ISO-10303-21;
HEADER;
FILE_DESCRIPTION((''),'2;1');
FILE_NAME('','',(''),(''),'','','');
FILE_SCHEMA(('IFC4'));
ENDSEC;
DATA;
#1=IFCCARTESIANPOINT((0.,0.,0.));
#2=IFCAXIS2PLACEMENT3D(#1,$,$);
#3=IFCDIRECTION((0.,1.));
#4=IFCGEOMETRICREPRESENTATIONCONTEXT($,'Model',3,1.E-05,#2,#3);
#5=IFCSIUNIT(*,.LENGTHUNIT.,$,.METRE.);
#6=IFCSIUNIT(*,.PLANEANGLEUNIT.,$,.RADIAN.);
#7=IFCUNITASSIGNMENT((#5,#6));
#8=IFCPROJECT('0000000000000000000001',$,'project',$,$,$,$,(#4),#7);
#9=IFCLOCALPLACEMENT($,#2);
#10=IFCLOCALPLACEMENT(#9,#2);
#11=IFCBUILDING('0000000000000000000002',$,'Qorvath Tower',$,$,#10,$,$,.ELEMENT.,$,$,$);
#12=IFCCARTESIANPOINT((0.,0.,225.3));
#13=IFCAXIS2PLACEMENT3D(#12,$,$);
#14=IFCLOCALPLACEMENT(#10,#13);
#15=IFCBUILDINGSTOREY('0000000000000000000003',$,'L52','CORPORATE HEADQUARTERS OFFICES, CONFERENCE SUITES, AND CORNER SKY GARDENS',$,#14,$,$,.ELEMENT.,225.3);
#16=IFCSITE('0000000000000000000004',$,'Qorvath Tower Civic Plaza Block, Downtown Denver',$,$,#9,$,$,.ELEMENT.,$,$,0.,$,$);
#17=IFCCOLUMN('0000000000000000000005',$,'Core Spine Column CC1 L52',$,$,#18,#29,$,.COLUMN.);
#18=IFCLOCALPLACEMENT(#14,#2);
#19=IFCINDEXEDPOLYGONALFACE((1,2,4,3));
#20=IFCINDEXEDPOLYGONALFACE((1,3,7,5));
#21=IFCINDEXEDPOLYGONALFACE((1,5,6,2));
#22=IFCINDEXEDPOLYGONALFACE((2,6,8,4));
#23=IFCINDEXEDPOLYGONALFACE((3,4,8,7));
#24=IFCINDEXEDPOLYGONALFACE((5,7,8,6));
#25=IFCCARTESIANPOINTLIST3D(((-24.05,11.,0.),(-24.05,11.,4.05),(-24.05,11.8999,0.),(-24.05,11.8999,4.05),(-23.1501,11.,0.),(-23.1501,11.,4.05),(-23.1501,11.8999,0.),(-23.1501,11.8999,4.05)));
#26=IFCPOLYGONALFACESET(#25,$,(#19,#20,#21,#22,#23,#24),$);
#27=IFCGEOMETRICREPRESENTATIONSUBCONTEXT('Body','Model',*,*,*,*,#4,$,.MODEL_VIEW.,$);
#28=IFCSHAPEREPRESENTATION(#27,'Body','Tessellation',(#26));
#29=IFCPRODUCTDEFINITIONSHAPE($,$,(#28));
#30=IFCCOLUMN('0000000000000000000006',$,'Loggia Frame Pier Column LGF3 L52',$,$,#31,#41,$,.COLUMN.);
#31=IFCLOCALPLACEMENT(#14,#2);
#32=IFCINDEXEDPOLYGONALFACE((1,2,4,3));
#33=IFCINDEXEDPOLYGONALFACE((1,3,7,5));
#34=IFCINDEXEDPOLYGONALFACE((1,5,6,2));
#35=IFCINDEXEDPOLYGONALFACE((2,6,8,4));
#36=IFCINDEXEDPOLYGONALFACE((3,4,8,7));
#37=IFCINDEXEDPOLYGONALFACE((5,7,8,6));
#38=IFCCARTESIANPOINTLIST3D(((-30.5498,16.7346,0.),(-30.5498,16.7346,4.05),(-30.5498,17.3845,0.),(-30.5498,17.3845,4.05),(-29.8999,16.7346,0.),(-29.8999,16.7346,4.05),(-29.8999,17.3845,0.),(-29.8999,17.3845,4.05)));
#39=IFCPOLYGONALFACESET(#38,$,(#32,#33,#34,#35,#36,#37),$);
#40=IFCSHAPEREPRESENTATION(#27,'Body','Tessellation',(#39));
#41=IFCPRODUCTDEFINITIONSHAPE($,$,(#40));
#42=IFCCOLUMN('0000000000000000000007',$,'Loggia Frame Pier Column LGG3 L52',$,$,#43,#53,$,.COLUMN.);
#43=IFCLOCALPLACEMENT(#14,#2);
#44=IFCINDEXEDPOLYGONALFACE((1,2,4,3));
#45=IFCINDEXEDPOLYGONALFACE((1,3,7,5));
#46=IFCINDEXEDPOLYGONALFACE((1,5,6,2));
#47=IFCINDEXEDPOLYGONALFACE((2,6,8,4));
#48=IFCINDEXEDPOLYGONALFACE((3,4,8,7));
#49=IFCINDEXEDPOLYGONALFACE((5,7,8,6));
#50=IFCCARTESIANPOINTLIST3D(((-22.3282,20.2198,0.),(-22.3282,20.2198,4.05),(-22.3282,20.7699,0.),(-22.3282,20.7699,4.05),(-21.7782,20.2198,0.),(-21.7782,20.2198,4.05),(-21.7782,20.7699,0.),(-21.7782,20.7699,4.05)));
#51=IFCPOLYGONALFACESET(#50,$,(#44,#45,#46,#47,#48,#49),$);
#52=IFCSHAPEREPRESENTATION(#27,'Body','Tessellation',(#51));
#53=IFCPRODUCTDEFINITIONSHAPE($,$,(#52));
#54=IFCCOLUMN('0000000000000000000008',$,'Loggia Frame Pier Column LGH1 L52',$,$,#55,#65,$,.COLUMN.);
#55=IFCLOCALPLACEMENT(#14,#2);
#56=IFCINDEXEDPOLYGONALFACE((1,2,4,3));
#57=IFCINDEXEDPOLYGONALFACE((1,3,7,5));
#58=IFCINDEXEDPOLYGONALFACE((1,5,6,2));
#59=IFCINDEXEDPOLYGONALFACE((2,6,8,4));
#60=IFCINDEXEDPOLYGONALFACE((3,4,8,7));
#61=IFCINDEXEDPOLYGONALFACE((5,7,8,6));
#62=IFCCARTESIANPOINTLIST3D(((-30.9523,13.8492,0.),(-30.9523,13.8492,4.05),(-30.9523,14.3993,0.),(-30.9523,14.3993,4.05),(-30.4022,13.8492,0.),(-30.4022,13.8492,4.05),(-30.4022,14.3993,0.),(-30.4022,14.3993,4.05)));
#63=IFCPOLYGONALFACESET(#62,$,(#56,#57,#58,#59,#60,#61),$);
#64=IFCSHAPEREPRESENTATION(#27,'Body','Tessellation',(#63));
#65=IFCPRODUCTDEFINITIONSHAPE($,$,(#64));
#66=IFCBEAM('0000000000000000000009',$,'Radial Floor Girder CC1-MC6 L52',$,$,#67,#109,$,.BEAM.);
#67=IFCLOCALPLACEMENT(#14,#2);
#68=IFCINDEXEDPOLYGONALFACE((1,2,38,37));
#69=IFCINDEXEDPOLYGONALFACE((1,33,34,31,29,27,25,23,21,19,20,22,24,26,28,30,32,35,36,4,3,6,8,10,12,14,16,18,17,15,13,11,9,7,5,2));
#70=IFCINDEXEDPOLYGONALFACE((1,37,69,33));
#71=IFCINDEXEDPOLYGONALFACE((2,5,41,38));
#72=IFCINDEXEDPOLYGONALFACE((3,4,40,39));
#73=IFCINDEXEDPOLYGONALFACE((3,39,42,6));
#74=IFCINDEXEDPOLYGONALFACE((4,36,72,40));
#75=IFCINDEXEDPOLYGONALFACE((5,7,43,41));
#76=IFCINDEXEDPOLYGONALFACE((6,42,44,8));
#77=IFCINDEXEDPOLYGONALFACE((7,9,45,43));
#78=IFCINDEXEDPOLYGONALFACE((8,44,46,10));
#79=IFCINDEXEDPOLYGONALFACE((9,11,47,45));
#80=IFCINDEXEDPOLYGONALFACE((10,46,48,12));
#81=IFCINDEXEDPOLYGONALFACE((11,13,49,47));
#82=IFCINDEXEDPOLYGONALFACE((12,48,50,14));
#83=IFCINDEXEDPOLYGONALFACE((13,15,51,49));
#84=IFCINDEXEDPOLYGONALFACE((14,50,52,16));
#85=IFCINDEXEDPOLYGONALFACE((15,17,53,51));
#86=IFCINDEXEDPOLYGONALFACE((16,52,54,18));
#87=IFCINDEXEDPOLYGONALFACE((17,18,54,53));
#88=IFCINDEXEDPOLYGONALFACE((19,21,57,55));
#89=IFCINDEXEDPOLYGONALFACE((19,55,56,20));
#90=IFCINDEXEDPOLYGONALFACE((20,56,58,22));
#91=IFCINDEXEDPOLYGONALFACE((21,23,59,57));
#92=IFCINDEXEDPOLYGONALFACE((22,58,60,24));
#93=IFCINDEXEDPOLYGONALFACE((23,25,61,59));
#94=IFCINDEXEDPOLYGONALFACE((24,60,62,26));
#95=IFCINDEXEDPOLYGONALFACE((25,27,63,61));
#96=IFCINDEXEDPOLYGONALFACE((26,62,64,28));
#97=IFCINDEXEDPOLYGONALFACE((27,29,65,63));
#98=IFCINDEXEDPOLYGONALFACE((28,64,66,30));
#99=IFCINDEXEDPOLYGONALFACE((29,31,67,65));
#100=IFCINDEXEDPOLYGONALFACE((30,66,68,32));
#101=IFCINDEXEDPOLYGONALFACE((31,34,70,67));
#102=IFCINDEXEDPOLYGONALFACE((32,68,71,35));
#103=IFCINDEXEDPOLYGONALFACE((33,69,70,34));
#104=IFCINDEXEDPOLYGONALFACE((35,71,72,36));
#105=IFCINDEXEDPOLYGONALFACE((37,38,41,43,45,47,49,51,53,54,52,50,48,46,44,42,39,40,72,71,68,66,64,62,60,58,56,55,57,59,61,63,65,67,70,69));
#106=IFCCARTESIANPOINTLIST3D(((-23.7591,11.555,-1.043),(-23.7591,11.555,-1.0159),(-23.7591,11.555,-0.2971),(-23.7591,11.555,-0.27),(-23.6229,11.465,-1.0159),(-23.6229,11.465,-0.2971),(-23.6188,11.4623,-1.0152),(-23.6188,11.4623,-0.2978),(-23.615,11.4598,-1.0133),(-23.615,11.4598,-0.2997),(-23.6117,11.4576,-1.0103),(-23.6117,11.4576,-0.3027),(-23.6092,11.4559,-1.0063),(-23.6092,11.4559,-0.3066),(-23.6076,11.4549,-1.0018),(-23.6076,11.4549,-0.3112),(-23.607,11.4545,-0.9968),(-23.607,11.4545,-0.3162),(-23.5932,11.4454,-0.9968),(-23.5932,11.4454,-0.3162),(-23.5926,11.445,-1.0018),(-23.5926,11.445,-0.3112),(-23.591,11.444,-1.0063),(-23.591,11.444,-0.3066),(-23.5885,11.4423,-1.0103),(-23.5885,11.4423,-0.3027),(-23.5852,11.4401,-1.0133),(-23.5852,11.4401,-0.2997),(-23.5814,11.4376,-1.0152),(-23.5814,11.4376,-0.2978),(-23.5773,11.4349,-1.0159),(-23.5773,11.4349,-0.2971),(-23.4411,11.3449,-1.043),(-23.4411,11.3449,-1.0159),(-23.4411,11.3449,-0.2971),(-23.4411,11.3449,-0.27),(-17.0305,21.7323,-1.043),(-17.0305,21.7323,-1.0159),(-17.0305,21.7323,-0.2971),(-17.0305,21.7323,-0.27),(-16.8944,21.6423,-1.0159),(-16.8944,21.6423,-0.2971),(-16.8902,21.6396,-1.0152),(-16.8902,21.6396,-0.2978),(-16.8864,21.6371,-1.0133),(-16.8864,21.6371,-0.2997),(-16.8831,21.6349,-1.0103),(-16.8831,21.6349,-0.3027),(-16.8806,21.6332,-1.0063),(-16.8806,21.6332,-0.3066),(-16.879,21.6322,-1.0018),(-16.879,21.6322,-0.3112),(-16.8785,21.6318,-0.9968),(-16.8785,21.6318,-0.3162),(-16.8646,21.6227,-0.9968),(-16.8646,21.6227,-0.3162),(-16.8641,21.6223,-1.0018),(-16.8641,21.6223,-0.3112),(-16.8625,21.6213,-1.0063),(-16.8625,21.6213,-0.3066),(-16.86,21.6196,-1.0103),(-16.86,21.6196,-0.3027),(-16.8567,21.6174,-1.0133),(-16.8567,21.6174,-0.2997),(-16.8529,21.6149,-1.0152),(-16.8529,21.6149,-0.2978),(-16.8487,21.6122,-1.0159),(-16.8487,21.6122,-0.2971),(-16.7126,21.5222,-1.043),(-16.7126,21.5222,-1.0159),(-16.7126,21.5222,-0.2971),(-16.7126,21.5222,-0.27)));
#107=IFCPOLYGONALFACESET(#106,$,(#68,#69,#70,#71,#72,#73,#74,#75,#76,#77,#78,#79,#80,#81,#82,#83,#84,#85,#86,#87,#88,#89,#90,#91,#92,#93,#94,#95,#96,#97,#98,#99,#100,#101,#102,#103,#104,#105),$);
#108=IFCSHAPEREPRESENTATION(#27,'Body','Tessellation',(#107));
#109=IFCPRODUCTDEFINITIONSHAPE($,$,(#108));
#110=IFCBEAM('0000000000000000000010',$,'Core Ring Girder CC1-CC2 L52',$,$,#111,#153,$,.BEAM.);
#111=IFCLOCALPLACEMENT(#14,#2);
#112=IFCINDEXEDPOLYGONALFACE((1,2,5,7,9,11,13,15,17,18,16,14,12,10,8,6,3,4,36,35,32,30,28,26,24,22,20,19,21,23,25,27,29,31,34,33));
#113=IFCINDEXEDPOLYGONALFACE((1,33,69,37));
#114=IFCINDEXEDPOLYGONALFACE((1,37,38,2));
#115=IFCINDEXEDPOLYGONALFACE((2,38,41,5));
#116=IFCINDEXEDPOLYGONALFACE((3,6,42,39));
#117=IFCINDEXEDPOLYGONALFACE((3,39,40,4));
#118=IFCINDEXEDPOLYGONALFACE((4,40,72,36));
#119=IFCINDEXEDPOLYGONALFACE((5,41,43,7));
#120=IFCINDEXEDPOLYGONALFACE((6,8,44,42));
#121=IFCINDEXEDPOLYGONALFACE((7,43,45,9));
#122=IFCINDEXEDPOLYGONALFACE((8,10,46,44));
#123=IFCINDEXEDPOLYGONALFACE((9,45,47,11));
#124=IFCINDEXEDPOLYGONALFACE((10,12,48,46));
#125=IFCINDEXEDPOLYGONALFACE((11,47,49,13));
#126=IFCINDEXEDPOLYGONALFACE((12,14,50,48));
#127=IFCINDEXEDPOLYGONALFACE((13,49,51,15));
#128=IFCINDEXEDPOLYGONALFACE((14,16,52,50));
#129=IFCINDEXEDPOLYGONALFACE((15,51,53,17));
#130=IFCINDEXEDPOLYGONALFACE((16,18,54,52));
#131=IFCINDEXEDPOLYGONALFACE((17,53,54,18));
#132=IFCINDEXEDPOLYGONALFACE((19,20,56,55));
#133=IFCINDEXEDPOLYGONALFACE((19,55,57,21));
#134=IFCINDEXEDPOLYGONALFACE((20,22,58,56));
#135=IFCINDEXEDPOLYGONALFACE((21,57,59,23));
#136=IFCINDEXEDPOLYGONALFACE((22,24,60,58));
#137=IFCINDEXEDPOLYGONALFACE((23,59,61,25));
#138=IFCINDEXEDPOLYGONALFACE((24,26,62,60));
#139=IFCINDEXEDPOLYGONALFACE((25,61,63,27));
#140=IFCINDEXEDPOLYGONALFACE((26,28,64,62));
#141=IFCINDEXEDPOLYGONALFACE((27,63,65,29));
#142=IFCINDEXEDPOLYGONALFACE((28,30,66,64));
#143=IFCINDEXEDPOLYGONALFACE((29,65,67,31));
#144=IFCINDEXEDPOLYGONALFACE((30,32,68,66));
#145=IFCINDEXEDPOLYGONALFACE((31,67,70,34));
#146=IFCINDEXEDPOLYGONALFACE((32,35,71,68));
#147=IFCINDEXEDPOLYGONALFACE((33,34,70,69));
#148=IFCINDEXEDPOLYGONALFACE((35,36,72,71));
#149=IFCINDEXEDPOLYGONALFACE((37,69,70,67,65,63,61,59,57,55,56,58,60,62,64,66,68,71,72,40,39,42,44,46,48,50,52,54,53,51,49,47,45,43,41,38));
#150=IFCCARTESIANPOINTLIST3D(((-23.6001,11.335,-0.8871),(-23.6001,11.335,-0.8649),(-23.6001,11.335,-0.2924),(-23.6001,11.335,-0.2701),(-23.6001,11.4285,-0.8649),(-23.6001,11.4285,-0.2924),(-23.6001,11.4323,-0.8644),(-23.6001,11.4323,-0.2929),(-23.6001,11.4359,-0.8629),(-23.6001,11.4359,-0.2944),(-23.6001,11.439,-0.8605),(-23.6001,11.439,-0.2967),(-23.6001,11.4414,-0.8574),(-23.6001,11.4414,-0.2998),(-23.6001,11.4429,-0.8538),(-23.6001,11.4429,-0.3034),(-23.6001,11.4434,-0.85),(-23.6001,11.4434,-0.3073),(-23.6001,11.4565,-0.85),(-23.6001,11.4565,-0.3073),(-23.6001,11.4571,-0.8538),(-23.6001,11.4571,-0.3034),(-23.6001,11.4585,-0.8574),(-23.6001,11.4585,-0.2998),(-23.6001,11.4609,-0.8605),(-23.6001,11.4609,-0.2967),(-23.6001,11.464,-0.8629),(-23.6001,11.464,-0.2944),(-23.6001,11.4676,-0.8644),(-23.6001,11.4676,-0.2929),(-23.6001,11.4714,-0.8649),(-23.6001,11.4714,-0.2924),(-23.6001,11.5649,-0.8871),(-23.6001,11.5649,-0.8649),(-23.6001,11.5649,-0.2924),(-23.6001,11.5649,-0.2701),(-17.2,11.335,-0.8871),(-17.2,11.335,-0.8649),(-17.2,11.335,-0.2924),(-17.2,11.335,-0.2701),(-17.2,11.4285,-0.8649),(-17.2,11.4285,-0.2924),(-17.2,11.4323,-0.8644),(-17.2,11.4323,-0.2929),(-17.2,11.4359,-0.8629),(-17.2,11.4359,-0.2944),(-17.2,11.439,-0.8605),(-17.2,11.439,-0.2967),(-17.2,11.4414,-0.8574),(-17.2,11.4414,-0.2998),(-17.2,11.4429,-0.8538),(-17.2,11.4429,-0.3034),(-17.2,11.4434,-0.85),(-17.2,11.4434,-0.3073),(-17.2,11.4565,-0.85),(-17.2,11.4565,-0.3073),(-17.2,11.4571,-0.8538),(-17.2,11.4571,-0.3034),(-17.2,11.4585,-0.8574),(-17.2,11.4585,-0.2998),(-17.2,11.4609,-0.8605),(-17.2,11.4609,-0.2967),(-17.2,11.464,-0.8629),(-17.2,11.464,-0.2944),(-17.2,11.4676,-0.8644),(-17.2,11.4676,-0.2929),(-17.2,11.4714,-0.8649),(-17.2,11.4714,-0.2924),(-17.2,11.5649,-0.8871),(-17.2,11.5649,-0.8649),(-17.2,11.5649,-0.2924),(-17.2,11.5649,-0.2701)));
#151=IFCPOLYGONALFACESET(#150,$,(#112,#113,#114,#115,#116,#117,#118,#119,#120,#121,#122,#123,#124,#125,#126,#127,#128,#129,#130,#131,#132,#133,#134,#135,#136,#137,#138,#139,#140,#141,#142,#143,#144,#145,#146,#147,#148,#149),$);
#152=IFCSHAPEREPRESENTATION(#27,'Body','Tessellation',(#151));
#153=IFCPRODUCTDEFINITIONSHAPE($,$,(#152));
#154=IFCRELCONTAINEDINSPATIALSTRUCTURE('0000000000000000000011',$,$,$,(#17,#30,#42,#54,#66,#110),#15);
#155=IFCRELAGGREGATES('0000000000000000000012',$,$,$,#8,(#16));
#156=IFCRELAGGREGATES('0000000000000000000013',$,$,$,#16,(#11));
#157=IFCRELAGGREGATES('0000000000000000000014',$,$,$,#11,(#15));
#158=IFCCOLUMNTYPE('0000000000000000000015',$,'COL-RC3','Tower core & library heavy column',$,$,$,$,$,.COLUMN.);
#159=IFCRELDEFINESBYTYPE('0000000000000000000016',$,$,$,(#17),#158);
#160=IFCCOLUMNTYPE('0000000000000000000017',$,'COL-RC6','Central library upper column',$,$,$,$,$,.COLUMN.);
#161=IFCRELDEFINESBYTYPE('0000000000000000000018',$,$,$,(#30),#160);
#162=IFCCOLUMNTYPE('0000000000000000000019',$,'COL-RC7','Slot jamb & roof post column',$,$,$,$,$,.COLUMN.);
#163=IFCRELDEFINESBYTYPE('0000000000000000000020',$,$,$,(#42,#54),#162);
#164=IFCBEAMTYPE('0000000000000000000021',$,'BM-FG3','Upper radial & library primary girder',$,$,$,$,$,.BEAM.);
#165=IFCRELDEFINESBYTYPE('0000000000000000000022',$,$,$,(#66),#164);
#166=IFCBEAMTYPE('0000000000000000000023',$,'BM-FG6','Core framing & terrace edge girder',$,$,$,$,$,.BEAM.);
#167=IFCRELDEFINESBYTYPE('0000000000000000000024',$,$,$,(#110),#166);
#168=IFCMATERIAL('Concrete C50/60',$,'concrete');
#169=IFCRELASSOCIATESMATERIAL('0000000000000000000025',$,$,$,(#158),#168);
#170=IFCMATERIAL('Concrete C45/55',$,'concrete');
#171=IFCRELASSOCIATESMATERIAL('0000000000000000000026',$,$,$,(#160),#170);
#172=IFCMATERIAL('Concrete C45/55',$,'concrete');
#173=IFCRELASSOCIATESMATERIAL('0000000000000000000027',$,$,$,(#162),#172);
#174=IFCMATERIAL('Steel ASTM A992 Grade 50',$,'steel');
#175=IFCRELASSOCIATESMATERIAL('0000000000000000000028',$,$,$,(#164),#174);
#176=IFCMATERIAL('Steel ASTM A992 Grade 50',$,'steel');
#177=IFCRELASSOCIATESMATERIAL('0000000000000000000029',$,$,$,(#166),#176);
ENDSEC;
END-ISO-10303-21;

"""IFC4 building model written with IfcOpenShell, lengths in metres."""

from ifc_helpers import new_model, si_unit, direction, frame, origin, origin_2d, place, context, subcontext, project, spatial, rectangle, i_section, extrude, material, material_profile, profile_set, type_object, element, save


model = new_model("IFC4")

# Units and contexts
model_context = context("Model", 3, precision=1e-05, world=origin(), true_north=direction((0.0, 1.0)))
body_context = subcontext(model_context, "Body", "Model", "MODEL_VIEW")
ifc_project = project(units=[si_unit("LENGTHUNIT", "METRE"), si_unit("PLANEANGLEUNIT", "RADIAN")], contexts=[model_context])

# Site, building, storey
site_placement = place(None, origin())
site = spatial("IfcSite", under=ifc_project, at=site_placement, Name="Qorvath Tower Civic Plaza Block, Downtown Denver", CompositionType="ELEMENT", RefElevation=0.0)
building_placement = place(site_placement, origin())
building = spatial("IfcBuilding", under=site, at=building_placement, Name="Qorvath Tower", CompositionType="ELEMENT")
storey_placement = place(building_placement, frame((0.0, 0.0, 225.3)))
storey = spatial("IfcBuildingStorey", under=building, at=storey_placement, Name="L52", Description="CORPORATE HEADQUARTERS OFFICES, CONFERENCE SUITES, AND CORNER SKY GARDENS", CompositionType="ELEMENT", Elevation=225.3)

# Columns
ifc_material_1 = material(Name="Concrete C50/60", Category="concrete")
ifc_material_profile_1 = material_profile(ifc_material_1, rectangle(XDim=0.8999, YDim=0.8999, at=origin_2d()), Name="RC 900x900")
ifc_profile_set_1 = profile_set([ifc_material_profile_1], Name="Concrete C50/60")
column_type_1 = type_object("IfcColumnType", Name="COL-RC3", Description="Tower core & library heavy column", PredefinedType="COLUMN", material=ifc_profile_set_1)
column_1_placement = place(storey_placement, frame((-23.6001, 11.45, 0.0), z_axis=(0.0, 0.0, 1.0), x_axis=(1.0, 0.0, 0.0)))
element("IfcColumn", 1, at=column_1_placement, inside=storey, type_object=column_type_1, Name="Core Spine Column CC1 L52", PredefinedType="COLUMN", context=body_context, shape_type="SweptSolid", body=[
    extrude(rectangle(XDim=0.8999, YDim=0.8999, at=origin_2d()), origin(), (0.0, 0.0, 1.0), 4.05),
])
ifc_material_2 = material(Name="Concrete C45/55", Category="concrete")
ifc_material_profile_2 = material_profile(ifc_material_2, rectangle(XDim=0.6499, YDim=0.6499, at=origin_2d()), Name="RC 650x650")
ifc_profile_set_2 = profile_set([ifc_material_profile_2], Name="Concrete C45/55")
column_type_2 = type_object("IfcColumnType", Name="COL-RC6", Description="Central library upper column", PredefinedType="COLUMN", material=ifc_profile_set_2)
column_2_placement = place(storey_placement, frame((-30.2249, 17.0596, 0.0), z_axis=(0.0, 0.0, 1.0), x_axis=(1.0, 0.0, 0.0)))
element("IfcColumn", 2, at=column_2_placement, inside=storey, type_object=column_type_2, Name="Loggia Frame Pier Column LGF3 L52", PredefinedType="COLUMN", context=body_context, shape_type="SweptSolid", body=[
    extrude(rectangle(XDim=0.6499, YDim=0.6499, at=origin_2d()), origin(), (0.0, 0.0, 1.0), 4.05),
])
ifc_material_3 = material(Name="Concrete C45/55", Category="concrete")
ifc_material_profile_3 = material_profile(ifc_material_3, rectangle(XDim=0.55, YDim=0.55, at=origin_2d()), Name="RC 550x550")
ifc_profile_set_3 = profile_set([ifc_material_profile_3], Name="Concrete C45/55")
column_type_3 = type_object("IfcColumnType", Name="COL-RC7", Description="Slot jamb & roof post column", PredefinedType="COLUMN", material=ifc_profile_set_3)
for number, where, z_axis, x_axis, name in (
    (3, (-22.0532, 20.4949, 0.0), (0.0, 0.0, 1.0), (1.0, 0.0, 0.0), "Loggia Frame Pier Column LGG3 L52"),
    (4, (-30.6772, 14.1243, 0.0), (0.0, 0.0, 1.0), (1.0, 0.0, 0.0), "Loggia Frame Pier Column LGH1 L52"),
):
    element("IfcColumn", number, at=place(storey_placement, frame(where, z_axis=z_axis, x_axis=x_axis)), inside=storey, type_object=column_type_3, Name=name, PredefinedType="COLUMN", context=body_context, shape_type="SweptSolid", body=[
        extrude(rectangle(XDim=0.55, YDim=0.55, at=origin_2d()), origin(), (0.0, 0.0, 1.0), 4.05),
    ])

# Beams
ifc_material_4 = material(Name="Steel ASTM A992 Grade 50", Category="steel")
ifc_material_profile_4 = material_profile(ifc_material_4, i_section(OverallWidth=0.3811, OverallDepth=0.7729, WebThickness=0.0166, FlangeThickness=0.0271, FilletRadius=0.019, at=origin_2d()), Name="W30x173")
ifc_profile_set_4 = profile_set([ifc_material_profile_4], Name="Steel ASTM A992 Grade 50")
beam_type_1 = type_object("IfcBeamType", Name="BM-FG3", Description="Upper radial & library primary girder", PredefinedType="BEAM", material=ifc_profile_set_4)
beam_1_placement = place(storey_placement, frame((-23.6001, 11.45, -0.6565), z_axis=(0.551501, 0.834175, 0.0), x_axis=(-0.834175, 0.551501, 0.0)))
element("IfcBeam", 5, at=beam_1_placement, inside=storey, type_object=beam_type_1, Name="Radial Floor Girder CC1-MC6 L52", PredefinedType="BEAM", context=body_context, shape_type="SweptSolid", body=[
    extrude(i_section(OverallWidth=0.3811, OverallDepth=0.7729, WebThickness=0.0166, FlangeThickness=0.0271, FilletRadius=0.019, at=origin_2d()), origin(), (0.0, 0.0, 1.0), 12.2004),
])
ifc_material_5 = material(Name="Steel ASTM A992 Grade 50", Category="steel")
ifc_material_profile_5 = material_profile(ifc_material_5, i_section(OverallWidth=0.23, OverallDepth=0.6169, WebThickness=0.0132, FlangeThickness=0.0222, FilletRadius=0.0149, at=origin_2d()), Name="W24x94")
ifc_profile_set_5 = profile_set([ifc_material_profile_5], Name="Steel ASTM A992 Grade 50")
beam_type_2 = type_object("IfcBeamType", Name="BM-FG6", Description="Core framing & terrace edge girder", PredefinedType="BEAM", material=ifc_profile_set_5)
beam_2_placement = place(storey_placement, frame((-23.6001, 11.45, -0.5786), z_axis=(1.0, 0.0, 0.0), x_axis=(0.0, 1.0, 0.0)))
element("IfcBeam", 6, at=beam_2_placement, inside=storey, type_object=beam_type_2, Name="Core Ring Girder CC1-CC2 L52", PredefinedType="BEAM", context=body_context, shape_type="SweptSolid", body=[
    extrude(i_section(OverallWidth=0.23, OverallDepth=0.6169, WebThickness=0.0132, FlangeThickness=0.0222, FilletRadius=0.0149, at=origin_2d()), origin(), (0.0, 0.0, 1.0), 6.4001),
])

save(model, "model.ifc")
